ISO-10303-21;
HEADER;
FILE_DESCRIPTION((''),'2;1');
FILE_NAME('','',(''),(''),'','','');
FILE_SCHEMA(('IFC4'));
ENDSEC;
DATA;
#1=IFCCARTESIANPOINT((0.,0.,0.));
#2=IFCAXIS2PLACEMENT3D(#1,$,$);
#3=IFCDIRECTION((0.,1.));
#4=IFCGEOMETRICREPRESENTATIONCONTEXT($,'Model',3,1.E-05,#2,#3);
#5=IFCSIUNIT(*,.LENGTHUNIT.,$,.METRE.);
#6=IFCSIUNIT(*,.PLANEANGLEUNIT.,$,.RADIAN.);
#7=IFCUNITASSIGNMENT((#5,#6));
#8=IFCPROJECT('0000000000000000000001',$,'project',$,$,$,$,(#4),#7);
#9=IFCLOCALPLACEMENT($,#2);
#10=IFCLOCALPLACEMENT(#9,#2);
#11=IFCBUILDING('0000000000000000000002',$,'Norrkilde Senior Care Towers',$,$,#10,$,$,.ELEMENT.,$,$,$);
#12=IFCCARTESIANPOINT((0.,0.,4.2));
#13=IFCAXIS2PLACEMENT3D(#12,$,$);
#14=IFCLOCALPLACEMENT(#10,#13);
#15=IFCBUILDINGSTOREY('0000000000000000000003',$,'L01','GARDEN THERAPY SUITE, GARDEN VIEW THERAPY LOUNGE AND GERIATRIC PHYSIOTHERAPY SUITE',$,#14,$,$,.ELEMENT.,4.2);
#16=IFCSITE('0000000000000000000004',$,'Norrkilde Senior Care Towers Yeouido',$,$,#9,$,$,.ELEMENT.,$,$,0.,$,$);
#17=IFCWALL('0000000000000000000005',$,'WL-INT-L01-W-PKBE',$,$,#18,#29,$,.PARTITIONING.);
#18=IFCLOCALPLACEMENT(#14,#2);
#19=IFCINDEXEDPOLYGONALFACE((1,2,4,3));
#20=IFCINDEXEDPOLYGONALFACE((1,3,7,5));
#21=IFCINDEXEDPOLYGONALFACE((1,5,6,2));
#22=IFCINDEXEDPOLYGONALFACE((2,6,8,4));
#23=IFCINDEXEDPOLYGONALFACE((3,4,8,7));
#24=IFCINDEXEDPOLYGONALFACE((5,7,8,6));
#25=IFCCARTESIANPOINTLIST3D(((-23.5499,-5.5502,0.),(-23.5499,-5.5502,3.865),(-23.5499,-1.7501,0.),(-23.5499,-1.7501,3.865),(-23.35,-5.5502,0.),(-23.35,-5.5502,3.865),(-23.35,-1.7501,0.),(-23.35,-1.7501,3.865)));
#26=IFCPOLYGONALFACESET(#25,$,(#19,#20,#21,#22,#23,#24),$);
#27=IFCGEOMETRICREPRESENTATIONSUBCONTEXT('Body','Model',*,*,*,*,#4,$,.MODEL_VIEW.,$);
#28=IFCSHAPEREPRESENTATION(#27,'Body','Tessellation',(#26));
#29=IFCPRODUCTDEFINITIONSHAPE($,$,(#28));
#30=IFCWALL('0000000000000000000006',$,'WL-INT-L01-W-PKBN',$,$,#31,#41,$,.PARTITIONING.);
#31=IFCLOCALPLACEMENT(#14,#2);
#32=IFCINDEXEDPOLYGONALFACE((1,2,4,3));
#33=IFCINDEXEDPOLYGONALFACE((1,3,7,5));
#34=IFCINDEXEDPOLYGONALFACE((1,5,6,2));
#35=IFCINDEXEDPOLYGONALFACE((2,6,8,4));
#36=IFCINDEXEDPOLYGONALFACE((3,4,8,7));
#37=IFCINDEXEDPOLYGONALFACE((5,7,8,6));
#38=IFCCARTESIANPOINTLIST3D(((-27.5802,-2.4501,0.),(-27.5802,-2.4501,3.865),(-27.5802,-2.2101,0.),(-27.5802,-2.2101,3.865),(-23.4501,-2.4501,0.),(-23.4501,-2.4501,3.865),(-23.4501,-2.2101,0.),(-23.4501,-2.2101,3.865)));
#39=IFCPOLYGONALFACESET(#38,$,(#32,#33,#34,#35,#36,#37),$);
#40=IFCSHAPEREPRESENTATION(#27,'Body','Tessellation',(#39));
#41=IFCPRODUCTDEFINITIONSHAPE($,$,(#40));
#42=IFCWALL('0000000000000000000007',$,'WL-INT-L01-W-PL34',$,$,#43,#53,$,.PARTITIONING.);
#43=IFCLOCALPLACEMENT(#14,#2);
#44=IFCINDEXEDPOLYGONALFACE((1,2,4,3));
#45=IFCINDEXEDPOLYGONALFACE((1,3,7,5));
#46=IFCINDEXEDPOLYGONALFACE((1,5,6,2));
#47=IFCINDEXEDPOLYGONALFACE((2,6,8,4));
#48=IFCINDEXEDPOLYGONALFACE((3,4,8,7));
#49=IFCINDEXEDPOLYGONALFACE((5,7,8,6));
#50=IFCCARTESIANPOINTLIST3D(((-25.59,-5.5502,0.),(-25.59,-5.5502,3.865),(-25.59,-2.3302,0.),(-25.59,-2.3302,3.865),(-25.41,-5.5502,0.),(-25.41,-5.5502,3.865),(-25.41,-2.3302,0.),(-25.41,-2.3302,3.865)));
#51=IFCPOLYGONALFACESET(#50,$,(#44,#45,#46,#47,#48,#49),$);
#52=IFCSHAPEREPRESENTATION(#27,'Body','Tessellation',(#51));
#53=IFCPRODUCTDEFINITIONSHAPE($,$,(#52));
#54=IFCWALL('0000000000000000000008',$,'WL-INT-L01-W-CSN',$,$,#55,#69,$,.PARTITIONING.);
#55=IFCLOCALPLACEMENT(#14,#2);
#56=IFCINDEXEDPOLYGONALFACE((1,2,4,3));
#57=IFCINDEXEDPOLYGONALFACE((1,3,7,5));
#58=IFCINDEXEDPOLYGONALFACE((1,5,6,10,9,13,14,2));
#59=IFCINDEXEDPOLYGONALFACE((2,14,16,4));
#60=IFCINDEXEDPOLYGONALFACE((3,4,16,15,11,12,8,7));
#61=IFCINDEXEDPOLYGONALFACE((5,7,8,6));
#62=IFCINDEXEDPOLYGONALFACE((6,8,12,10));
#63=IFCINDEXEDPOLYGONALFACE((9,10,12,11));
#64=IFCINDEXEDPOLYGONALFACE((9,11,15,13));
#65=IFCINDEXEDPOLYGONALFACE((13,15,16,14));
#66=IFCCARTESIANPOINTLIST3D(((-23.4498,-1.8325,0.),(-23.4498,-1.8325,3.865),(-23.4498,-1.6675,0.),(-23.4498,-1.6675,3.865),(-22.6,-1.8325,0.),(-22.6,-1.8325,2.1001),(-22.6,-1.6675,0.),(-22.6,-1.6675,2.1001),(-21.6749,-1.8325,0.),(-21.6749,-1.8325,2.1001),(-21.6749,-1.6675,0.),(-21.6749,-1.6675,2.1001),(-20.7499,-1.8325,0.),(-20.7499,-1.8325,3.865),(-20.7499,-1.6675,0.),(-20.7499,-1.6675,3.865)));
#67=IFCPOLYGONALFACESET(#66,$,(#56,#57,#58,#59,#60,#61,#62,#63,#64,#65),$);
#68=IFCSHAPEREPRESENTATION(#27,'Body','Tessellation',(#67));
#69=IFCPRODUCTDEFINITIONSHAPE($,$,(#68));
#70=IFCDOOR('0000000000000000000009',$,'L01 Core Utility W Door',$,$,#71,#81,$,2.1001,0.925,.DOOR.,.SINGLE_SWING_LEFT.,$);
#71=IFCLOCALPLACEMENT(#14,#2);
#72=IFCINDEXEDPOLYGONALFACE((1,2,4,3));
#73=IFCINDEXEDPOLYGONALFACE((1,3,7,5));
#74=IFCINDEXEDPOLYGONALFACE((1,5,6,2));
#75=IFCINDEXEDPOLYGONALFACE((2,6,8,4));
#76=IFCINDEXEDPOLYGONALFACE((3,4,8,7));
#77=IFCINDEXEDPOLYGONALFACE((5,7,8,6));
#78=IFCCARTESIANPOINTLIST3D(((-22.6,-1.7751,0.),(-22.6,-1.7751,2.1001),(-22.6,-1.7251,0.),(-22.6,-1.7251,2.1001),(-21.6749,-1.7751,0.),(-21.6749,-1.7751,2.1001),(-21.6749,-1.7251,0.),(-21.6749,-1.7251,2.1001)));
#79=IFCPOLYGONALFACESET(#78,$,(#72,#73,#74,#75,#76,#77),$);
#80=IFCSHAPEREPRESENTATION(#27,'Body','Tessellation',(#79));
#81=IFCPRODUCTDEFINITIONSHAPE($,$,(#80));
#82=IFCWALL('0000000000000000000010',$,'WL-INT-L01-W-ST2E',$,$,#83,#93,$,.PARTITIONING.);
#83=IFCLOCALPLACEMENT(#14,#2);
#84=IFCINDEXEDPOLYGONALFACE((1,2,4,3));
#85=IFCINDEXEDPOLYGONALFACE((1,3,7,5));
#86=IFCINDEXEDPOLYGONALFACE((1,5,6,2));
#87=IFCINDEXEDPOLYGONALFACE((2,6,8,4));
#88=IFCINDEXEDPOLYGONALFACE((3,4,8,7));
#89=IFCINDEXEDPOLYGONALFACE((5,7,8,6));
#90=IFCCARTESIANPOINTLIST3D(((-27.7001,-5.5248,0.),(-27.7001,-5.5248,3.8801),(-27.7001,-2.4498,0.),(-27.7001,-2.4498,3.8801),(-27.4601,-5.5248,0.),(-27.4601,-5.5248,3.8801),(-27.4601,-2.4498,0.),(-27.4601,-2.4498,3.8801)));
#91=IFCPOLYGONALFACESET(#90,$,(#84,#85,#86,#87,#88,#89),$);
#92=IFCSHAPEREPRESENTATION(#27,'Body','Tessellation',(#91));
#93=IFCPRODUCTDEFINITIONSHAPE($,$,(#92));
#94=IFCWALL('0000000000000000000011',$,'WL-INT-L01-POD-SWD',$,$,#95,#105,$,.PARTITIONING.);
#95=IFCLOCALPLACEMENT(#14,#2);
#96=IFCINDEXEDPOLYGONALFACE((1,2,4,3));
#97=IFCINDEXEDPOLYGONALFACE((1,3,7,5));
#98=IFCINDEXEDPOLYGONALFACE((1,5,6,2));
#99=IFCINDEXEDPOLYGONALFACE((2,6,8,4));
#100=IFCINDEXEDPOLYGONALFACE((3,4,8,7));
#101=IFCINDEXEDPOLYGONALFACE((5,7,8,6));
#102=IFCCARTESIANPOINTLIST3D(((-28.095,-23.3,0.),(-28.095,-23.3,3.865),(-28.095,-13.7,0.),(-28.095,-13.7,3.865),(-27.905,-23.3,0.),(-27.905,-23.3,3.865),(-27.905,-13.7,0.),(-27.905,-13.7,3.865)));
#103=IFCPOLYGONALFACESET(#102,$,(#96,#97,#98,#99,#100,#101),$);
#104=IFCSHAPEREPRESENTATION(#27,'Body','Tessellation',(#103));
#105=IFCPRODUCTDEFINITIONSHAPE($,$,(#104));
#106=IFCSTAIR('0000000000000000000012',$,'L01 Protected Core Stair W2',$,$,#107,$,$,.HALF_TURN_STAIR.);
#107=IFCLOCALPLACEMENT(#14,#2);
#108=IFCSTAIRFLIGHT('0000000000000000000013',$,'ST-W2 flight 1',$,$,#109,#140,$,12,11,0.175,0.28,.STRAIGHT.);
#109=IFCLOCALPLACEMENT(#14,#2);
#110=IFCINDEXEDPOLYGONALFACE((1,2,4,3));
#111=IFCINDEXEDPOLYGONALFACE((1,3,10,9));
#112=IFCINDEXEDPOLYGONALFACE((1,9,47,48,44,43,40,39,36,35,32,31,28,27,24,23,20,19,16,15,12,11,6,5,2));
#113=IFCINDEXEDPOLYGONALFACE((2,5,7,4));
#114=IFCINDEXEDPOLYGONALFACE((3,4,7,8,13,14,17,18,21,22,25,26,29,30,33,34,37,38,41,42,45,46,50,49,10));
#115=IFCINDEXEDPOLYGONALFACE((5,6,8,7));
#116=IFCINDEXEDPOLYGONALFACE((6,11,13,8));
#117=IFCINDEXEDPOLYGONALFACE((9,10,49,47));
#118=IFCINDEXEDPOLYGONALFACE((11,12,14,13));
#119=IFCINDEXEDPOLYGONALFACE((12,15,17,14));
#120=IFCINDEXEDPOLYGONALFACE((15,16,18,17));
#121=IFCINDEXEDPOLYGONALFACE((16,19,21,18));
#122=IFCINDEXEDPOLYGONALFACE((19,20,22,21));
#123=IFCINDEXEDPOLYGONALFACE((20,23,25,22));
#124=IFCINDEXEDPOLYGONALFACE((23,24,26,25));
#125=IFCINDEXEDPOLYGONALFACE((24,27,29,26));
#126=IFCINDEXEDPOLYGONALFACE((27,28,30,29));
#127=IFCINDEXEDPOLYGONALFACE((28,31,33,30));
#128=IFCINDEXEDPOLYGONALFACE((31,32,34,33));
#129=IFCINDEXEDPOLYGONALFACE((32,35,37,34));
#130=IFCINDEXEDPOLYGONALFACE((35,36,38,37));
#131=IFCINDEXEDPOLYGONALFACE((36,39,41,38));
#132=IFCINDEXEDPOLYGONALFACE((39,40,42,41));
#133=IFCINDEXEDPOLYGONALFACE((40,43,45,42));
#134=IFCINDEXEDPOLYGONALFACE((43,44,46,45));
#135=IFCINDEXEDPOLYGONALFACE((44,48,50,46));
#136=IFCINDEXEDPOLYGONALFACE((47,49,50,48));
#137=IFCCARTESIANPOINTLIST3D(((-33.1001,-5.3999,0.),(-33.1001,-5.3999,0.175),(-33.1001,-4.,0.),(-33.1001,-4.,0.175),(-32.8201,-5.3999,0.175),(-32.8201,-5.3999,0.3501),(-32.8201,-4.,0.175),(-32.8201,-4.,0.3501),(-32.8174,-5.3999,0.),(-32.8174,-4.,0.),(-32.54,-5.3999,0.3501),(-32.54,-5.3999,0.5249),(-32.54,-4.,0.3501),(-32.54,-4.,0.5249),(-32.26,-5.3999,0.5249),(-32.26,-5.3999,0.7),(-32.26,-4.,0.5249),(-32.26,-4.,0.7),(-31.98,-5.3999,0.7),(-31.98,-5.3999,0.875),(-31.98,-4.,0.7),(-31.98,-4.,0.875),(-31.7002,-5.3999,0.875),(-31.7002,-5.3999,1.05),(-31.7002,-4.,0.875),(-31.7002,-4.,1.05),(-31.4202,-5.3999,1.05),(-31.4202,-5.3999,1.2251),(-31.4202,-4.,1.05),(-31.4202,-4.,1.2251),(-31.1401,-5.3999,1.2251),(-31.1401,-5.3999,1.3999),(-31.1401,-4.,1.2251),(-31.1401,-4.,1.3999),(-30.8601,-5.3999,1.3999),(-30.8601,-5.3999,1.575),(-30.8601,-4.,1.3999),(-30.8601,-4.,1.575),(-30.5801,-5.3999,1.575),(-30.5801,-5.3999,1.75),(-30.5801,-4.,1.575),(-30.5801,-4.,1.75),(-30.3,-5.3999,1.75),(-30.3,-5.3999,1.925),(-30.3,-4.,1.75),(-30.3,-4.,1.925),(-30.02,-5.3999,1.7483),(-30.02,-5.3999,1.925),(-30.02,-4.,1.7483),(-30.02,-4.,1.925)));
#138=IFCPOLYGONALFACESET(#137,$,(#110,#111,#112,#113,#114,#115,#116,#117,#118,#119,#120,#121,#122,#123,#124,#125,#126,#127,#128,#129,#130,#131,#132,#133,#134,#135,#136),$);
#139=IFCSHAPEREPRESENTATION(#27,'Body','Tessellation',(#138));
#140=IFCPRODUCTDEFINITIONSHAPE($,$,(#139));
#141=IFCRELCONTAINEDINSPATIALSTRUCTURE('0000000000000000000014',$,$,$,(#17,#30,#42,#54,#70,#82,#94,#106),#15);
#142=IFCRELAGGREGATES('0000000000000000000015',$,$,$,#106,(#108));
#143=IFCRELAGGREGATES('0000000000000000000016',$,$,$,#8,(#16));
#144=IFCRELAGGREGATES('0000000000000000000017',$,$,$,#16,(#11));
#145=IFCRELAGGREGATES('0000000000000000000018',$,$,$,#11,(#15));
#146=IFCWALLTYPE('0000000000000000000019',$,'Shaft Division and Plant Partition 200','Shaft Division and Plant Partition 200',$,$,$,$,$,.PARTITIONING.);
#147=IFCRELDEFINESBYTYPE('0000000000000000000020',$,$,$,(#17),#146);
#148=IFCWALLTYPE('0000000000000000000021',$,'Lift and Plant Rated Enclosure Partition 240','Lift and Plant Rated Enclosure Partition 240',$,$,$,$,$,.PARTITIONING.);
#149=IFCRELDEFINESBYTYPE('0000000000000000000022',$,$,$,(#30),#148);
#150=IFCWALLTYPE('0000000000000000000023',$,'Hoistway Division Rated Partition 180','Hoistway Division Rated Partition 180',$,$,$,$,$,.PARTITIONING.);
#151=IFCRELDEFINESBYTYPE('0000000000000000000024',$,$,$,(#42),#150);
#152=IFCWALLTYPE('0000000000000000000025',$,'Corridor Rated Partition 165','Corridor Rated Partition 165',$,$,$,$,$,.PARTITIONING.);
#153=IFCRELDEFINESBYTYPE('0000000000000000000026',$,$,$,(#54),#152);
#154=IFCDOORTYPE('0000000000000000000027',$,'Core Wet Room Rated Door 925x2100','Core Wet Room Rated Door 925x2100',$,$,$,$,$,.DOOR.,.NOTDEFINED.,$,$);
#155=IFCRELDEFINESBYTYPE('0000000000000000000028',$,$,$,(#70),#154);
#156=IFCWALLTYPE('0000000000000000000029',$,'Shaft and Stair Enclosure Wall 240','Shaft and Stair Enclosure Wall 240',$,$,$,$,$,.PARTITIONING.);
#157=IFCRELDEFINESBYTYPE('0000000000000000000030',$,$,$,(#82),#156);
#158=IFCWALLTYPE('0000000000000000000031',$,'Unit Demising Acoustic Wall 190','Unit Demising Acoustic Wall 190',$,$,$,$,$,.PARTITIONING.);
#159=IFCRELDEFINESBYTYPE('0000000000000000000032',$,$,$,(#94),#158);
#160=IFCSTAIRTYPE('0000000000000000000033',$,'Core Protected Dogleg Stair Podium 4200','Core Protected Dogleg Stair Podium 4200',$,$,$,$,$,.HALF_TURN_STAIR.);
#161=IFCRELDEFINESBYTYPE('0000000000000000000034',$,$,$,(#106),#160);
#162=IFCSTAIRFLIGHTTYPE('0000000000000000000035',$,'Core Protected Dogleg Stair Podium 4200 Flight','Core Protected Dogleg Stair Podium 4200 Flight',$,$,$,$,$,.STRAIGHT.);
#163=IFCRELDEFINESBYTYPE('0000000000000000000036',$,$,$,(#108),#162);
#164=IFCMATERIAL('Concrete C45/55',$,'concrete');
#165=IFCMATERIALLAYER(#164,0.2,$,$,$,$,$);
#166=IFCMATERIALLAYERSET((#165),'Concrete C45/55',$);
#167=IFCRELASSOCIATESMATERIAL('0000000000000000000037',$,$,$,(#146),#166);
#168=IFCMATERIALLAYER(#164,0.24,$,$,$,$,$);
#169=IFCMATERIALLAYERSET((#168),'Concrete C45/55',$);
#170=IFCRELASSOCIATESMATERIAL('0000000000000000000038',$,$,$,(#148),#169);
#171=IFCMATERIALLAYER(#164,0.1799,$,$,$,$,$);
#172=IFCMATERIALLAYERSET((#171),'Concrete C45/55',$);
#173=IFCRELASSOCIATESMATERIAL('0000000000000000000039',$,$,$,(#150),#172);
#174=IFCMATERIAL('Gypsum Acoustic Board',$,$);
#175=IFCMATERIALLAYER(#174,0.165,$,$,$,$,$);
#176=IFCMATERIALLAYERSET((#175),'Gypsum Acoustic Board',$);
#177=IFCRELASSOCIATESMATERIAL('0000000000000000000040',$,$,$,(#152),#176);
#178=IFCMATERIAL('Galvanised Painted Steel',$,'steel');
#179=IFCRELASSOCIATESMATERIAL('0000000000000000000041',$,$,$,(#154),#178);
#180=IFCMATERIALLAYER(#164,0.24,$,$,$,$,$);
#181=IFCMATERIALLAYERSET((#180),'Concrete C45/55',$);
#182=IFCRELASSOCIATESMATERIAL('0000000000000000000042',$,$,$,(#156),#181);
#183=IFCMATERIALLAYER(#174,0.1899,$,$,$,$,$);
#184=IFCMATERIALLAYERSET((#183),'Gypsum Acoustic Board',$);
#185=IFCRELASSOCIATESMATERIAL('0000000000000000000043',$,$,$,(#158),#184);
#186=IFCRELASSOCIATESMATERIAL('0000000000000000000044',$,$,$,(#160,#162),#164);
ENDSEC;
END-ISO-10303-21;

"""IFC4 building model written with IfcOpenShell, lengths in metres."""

from ifc_helpers import new_model, si_unit, direction, frame, frame_2d, origin, place, context, subcontext, project, spatial, polyline, rectangle, outline, extrude, source, transform, mapped, material, layer, layer_set, type_object, type_shapes, element, fill, aggregate, save


model = new_model("IFC4")

# Units and contexts
model_context = context("Model", 3, precision=1e-05, world=origin(), true_north=direction((0.0, 1.0)))
body_context = subcontext(model_context, "Body", "Model", "MODEL_VIEW")
ifc_project = project(units=[si_unit("LENGTHUNIT", "METRE"), si_unit("PLANEANGLEUNIT", "RADIAN")], contexts=[model_context])

# Site, building, storey
site_placement = place(None, origin())
site = spatial("IfcSite", under=ifc_project, at=site_placement, Name="Norrkilde Senior Care Towers Yeouido", CompositionType="ELEMENT", RefElevation=0.0)
building_placement = place(site_placement, origin())
building = spatial("IfcBuilding", under=site, at=building_placement, Name="Norrkilde Senior Care Towers", CompositionType="ELEMENT")
storey_placement = place(building_placement, frame((0.0, 0.0, 4.2)))
storey = spatial("IfcBuildingStorey", under=building, at=storey_placement, Name="L01", Description="GARDEN THERAPY SUITE, GARDEN VIEW THERAPY LOUNGE AND GERIATRIC PHYSIOTHERAPY SUITE", CompositionType="ELEMENT", Elevation=4.2)

# Walls
ifc_material_1 = material(Name="Concrete C45/55", Category="concrete")
ifc_layer_1 = layer(ifc_material_1, 0.2)
ifc_layer_set_1 = layer_set([ifc_layer_1], Name="Concrete C45/55")
wall_type_1 = type_object("IfcWallType", Name="Shaft Division and Plant Partition 200", Description="Shaft Division and Plant Partition 200", PredefinedType="PARTITIONING", material=ifc_layer_set_1)
shared_shape_1 = source(origin(), body_context, "Body", "SweptSolid", [
    extrude(rectangle(XDim=3.8, YDim=0.2, at=frame_2d((1.8999, 0.0))), origin(), (0.0, 0.0, 1.0), 3.865),
])
type_shapes(wall_type_1, [shared_shape_1])
wall_1_placement = place(storey_placement, frame((-23.45, -5.55, 0.0), z_axis=(0.0, 0.0, 1.0), x_axis=(0.0, 1.0, 0.0)))
element("IfcWall", 1, at=wall_1_placement, inside=storey, type_object=wall_type_1, Name="WL-INT-L01-W-PKBE", PredefinedType="PARTITIONING", context=body_context, shape_type="MappedRepresentation", body=[
    mapped(shared_shape_1, transform((0.0, 0.0, 0.0), x_axis=(1.0, 0.0, 0.0), y_axis=(0.0, 1.0, 0.0), z_axis=(0.0, 0.0, 1.0), scale=1.0)),
])
ifc_layer_2 = layer(ifc_material_1, 0.24)
ifc_layer_set_2 = layer_set([ifc_layer_2], Name="Concrete C45/55")
wall_type_2 = type_object("IfcWallType", Name="Lift and Plant Rated Enclosure Partition 240", Description="Lift and Plant Rated Enclosure Partition 240", PredefinedType="PARTITIONING", material=ifc_layer_set_2)
shared_shape_2 = source(origin(), body_context, "Body", "SweptSolid", [
    extrude(rectangle(XDim=4.1301, YDim=0.24, at=frame_2d((2.0649, 0.0))), origin(), (0.0, 0.0, 1.0), 3.865),
])
type_shapes(wall_type_2, [shared_shape_2])
wall_2_placement = place(storey_placement, frame((-27.5801, -2.3301, 0.0), z_axis=(0.0, 0.0, 1.0), x_axis=(1.0, 0.0, 0.0)))
element("IfcWall", 2, at=wall_2_placement, inside=storey, type_object=wall_type_2, Name="WL-INT-L01-W-PKBN", PredefinedType="PARTITIONING", context=body_context, shape_type="MappedRepresentation", body=[
    mapped(shared_shape_2, transform((0.0, 0.0, 0.0), x_axis=(1.0, 0.0, 0.0), y_axis=(0.0, 1.0, 0.0), z_axis=(0.0, 0.0, 1.0), scale=1.0)),
])
ifc_layer_3 = layer(ifc_material_1, 0.1799)
ifc_layer_set_3 = layer_set([ifc_layer_3], Name="Concrete C45/55")
wall_type_3 = type_object("IfcWallType", Name="Hoistway Division Rated Partition 180", Description="Hoistway Division Rated Partition 180", PredefinedType="PARTITIONING", material=ifc_layer_set_3)
shared_shape_3 = source(origin(), body_context, "Body", "SweptSolid", [
    extrude(rectangle(XDim=3.22, YDim=0.1799, at=frame_2d((1.6099, 0.0))), origin(), (0.0, 0.0, 1.0), 3.865),
])
type_shapes(wall_type_3, [shared_shape_3])
wall_3_placement = place(storey_placement, frame((-25.5, -5.55, 0.0), z_axis=(0.0, 0.0, 1.0), x_axis=(0.0, 1.0, 0.0)))
element("IfcWall", 3, at=wall_3_placement, inside=storey, type_object=wall_type_3, Name="WL-INT-L01-W-PL34", PredefinedType="PARTITIONING", context=body_context, shape_type="MappedRepresentation", body=[
    mapped(shared_shape_3, transform((0.0, 0.0, 0.0), x_axis=(1.0, 0.0, 0.0), y_axis=(0.0, 1.0, 0.0), z_axis=(0.0, 0.0, 1.0), scale=1.0)),
])

# Wall, opening, door
ifc_material_2 = material(Name="Gypsum Acoustic Board")
ifc_layer_4 = layer(ifc_material_2, 0.165)
ifc_layer_set_4 = layer_set([ifc_layer_4], Name="Gypsum Acoustic Board")
wall_type_4 = type_object("IfcWallType", Name="Corridor Rated Partition 165", Description="Corridor Rated Partition 165", PredefinedType="PARTITIONING", material=ifc_layer_set_4)
shared_shape_4 = source(origin(), body_context, "Body", "SweptSolid", [
    extrude(rectangle(XDim=2.7, YDim=0.165, at=frame_2d((1.3501, 0.0))), origin(), (0.0, 0.0, 1.0), 3.865),
])
type_shapes(wall_type_4, [shared_shape_4])
wall_4_placement = place(storey_placement, frame((-23.45, -1.75, 0.0), z_axis=(0.0, 0.0, 1.0), x_axis=(1.0, 0.0, 0.0)))
wall_4 = element("IfcWall", 4, at=wall_4_placement, inside=storey, type_object=wall_type_4, Name="WL-INT-L01-W-CSN", PredefinedType="PARTITIONING", context=body_context, shape_type="MappedRepresentation", body=[
    mapped(shared_shape_4, transform((0.0, 0.0, 0.0), x_axis=(1.0, 0.0, 0.0), y_axis=(0.0, 1.0, 0.0), z_axis=(0.0, 0.0, 1.0), scale=1.0)),
])
opening_placement = place(wall_4_placement, frame((0.8501, 0.0, 0.0)))
opening = element("IfcOpeningElement", 5, at=opening_placement, cuts=wall_4, PredefinedType="OPENING", context=body_context, shape_type="SweptSolid", body=[
    extrude(rectangle(XDim=0.925, YDim=2.1001, at=frame_2d((0.4624, 1.05))), frame((0.0, 0.0925, 0.0), z_axis=(0.0, -1.0, 0.0), x_axis=(1.0, 0.0, 0.0)), (0.0, 0.0, 1.0), 0.1851),
])
ifc_material_3 = material(Name="Galvanised Painted Steel", Category="steel")
door_type = type_object("IfcDoorType", Name="Core Wet Room Rated Door 925x2100", Description="Core Wet Room Rated Door 925x2100", OperationType="NOTDEFINED", PredefinedType="DOOR", material=ifc_material_3)
shared_shape_5 = source(origin(), body_context, "Body", "SweptSolid", [
    extrude(rectangle(XDim=0.925, YDim=2.1001, at=frame_2d((0.4624, 1.05))), frame((0.0, 0.0249, 0.0), z_axis=(0.0, -1.0, 0.0), x_axis=(1.0, 0.0, 0.0)), (0.0, 0.0, 1.0), 0.05),
])
type_shapes(door_type, [shared_shape_5])
door_placement = place(opening_placement, origin())
door = element("IfcDoor", 6, at=door_placement, inside=storey, type_object=door_type, Name="L01 Core Utility W Door", OperationType="SINGLE_SWING_LEFT", OverallHeight=2.1001, OverallWidth=0.925, PredefinedType="DOOR", context=body_context, shape_type="MappedRepresentation", body=[
    mapped(shared_shape_5, transform((0.0, 0.0, 0.0), x_axis=(1.0, 0.0, 0.0), y_axis=(0.0, 1.0, 0.0), z_axis=(0.0, 0.0, 1.0), scale=1.0)),
])
fill(opening, door)

# Walls
ifc_layer_5 = layer(ifc_material_1, 0.24)
ifc_layer_set_5 = layer_set([ifc_layer_5], Name="Concrete C45/55")
wall_type_5 = type_object("IfcWallType", Name="Shaft and Stair Enclosure Wall 240", Description="Shaft and Stair Enclosure Wall 240", PredefinedType="PARTITIONING", material=ifc_layer_set_5)
shared_shape_6 = source(origin(), body_context, "Body", "SweptSolid", [
    extrude(rectangle(XDim=3.075, YDim=0.24, at=frame_2d((1.5376, 0.0))), origin(), (0.0, 0.0, 1.0), 3.8801),
])
type_shapes(wall_type_5, [shared_shape_6])
wall_5_placement = place(storey_placement, frame((-27.5801, -5.5249, 0.0), z_axis=(0.0, 0.0, 1.0), x_axis=(0.0, 1.0, 0.0)))
element("IfcWall", 7, at=wall_5_placement, inside=storey, type_object=wall_type_5, Name="WL-INT-L01-W-ST2E", PredefinedType="PARTITIONING", context=body_context, shape_type="MappedRepresentation", body=[
    mapped(shared_shape_6, transform((0.0, 0.0, 0.0), x_axis=(1.0, 0.0, 0.0), y_axis=(0.0, 1.0, 0.0), z_axis=(0.0, 0.0, 1.0), scale=1.0)),
])
ifc_layer_6 = layer(ifc_material_2, 0.1899)
ifc_layer_set_6 = layer_set([ifc_layer_6], Name="Gypsum Acoustic Board")
wall_type_6 = type_object("IfcWallType", Name="Unit Demising Acoustic Wall 190", Description="Unit Demising Acoustic Wall 190", PredefinedType="PARTITIONING", material=ifc_layer_set_6)
shared_shape_7 = source(origin(), body_context, "Body", "SweptSolid", [
    extrude(rectangle(XDim=9.6001, YDim=0.1899, at=frame_2d((4.8, 0.0))), origin(), (0.0, 0.0, 1.0), 3.865),
])
type_shapes(wall_type_6, [shared_shape_7])
wall_6_placement = place(storey_placement, frame((-28.0, -23.3, 0.0), z_axis=(0.0, 0.0, 1.0), x_axis=(0.0, 1.0, 0.0)))
element("IfcWall", 8, at=wall_6_placement, inside=storey, type_object=wall_type_6, Name="WL-INT-L01-POD-SWD", PredefinedType="PARTITIONING", context=body_context, shape_type="MappedRepresentation", body=[
    mapped(shared_shape_7, transform((0.0, 0.0, 0.0), x_axis=(1.0, 0.0, 0.0), y_axis=(0.0, 1.0, 0.0), z_axis=(0.0, 0.0, 1.0), scale=1.0)),
])

# Stair, stair flight
stair_type = type_object("IfcStairType", Name="Core Protected Dogleg Stair Podium 4200", Description="Core Protected Dogleg Stair Podium 4200", PredefinedType="HALF_TURN_STAIR", material=ifc_material_1)
stair_placement = place(storey_placement, origin())
stair = element("IfcStair", 9, at=stair_placement, inside=storey, type_object=stair_type, Name="L01 Protected Core Stair W2", PredefinedType="HALF_TURN_STAIR")
stair_flight_type = type_object("IfcStairFlightType", Name="Core Protected Dogleg Stair Podium 4200 Flight", Description="Core Protected Dogleg Stair Podium 4200 Flight", PredefinedType="STRAIGHT", material=ifc_material_1)
stair_flight_1_placement = place(storey_placement, frame((-33.1001, -4.7, 0.0), z_axis=(0.0, 0.0, 1.0), x_axis=(1.0, 0.0, 0.0)))
stair_flight_1 = element("IfcStairFlight", 10, at=stair_flight_1_placement, type_object=stair_flight_type, Name="ST-W2 flight 1", NumberOfRisers=12, NumberOfTreads=11, PredefinedType="STRAIGHT", RiserHeight=0.175, TreadLength=0.28, context=body_context, shape_type="SweptSolid", body=[
    extrude(outline(polyline([(0.0, 0.0), (0.0, 0.175), (0.28, 0.175), (0.28, 0.3501), (0.5601, 0.3501), (0.5601, 0.5249), (0.8401, 0.5249), (0.8401, 0.7), (1.1201, 0.7), (1.1201, 0.875), (1.3999, 0.875), (1.3999, 1.05), (1.6799, 1.05), (1.6799, 1.2251), (1.96, 1.2251), (1.96, 1.3999), (2.24, 1.3999), (2.24, 1.575), (2.52, 1.575), (2.52, 1.75), (2.8, 1.75), (2.8, 1.925), (3.0801, 1.925), (3.0801, 2.1001), (3.0801, 1.7483), (0.2827, 0.0), (0.0, 0.0)])), frame((0.0, 0.7, 0.0), z_axis=(0.0, -1.0, 0.0), x_axis=(1.0, 0.0, 0.0)), (0.0, 0.0, 1.0), 1.3999),
])
aggregate(stair, [stair_flight_1])

save(model, "model.ifc")
